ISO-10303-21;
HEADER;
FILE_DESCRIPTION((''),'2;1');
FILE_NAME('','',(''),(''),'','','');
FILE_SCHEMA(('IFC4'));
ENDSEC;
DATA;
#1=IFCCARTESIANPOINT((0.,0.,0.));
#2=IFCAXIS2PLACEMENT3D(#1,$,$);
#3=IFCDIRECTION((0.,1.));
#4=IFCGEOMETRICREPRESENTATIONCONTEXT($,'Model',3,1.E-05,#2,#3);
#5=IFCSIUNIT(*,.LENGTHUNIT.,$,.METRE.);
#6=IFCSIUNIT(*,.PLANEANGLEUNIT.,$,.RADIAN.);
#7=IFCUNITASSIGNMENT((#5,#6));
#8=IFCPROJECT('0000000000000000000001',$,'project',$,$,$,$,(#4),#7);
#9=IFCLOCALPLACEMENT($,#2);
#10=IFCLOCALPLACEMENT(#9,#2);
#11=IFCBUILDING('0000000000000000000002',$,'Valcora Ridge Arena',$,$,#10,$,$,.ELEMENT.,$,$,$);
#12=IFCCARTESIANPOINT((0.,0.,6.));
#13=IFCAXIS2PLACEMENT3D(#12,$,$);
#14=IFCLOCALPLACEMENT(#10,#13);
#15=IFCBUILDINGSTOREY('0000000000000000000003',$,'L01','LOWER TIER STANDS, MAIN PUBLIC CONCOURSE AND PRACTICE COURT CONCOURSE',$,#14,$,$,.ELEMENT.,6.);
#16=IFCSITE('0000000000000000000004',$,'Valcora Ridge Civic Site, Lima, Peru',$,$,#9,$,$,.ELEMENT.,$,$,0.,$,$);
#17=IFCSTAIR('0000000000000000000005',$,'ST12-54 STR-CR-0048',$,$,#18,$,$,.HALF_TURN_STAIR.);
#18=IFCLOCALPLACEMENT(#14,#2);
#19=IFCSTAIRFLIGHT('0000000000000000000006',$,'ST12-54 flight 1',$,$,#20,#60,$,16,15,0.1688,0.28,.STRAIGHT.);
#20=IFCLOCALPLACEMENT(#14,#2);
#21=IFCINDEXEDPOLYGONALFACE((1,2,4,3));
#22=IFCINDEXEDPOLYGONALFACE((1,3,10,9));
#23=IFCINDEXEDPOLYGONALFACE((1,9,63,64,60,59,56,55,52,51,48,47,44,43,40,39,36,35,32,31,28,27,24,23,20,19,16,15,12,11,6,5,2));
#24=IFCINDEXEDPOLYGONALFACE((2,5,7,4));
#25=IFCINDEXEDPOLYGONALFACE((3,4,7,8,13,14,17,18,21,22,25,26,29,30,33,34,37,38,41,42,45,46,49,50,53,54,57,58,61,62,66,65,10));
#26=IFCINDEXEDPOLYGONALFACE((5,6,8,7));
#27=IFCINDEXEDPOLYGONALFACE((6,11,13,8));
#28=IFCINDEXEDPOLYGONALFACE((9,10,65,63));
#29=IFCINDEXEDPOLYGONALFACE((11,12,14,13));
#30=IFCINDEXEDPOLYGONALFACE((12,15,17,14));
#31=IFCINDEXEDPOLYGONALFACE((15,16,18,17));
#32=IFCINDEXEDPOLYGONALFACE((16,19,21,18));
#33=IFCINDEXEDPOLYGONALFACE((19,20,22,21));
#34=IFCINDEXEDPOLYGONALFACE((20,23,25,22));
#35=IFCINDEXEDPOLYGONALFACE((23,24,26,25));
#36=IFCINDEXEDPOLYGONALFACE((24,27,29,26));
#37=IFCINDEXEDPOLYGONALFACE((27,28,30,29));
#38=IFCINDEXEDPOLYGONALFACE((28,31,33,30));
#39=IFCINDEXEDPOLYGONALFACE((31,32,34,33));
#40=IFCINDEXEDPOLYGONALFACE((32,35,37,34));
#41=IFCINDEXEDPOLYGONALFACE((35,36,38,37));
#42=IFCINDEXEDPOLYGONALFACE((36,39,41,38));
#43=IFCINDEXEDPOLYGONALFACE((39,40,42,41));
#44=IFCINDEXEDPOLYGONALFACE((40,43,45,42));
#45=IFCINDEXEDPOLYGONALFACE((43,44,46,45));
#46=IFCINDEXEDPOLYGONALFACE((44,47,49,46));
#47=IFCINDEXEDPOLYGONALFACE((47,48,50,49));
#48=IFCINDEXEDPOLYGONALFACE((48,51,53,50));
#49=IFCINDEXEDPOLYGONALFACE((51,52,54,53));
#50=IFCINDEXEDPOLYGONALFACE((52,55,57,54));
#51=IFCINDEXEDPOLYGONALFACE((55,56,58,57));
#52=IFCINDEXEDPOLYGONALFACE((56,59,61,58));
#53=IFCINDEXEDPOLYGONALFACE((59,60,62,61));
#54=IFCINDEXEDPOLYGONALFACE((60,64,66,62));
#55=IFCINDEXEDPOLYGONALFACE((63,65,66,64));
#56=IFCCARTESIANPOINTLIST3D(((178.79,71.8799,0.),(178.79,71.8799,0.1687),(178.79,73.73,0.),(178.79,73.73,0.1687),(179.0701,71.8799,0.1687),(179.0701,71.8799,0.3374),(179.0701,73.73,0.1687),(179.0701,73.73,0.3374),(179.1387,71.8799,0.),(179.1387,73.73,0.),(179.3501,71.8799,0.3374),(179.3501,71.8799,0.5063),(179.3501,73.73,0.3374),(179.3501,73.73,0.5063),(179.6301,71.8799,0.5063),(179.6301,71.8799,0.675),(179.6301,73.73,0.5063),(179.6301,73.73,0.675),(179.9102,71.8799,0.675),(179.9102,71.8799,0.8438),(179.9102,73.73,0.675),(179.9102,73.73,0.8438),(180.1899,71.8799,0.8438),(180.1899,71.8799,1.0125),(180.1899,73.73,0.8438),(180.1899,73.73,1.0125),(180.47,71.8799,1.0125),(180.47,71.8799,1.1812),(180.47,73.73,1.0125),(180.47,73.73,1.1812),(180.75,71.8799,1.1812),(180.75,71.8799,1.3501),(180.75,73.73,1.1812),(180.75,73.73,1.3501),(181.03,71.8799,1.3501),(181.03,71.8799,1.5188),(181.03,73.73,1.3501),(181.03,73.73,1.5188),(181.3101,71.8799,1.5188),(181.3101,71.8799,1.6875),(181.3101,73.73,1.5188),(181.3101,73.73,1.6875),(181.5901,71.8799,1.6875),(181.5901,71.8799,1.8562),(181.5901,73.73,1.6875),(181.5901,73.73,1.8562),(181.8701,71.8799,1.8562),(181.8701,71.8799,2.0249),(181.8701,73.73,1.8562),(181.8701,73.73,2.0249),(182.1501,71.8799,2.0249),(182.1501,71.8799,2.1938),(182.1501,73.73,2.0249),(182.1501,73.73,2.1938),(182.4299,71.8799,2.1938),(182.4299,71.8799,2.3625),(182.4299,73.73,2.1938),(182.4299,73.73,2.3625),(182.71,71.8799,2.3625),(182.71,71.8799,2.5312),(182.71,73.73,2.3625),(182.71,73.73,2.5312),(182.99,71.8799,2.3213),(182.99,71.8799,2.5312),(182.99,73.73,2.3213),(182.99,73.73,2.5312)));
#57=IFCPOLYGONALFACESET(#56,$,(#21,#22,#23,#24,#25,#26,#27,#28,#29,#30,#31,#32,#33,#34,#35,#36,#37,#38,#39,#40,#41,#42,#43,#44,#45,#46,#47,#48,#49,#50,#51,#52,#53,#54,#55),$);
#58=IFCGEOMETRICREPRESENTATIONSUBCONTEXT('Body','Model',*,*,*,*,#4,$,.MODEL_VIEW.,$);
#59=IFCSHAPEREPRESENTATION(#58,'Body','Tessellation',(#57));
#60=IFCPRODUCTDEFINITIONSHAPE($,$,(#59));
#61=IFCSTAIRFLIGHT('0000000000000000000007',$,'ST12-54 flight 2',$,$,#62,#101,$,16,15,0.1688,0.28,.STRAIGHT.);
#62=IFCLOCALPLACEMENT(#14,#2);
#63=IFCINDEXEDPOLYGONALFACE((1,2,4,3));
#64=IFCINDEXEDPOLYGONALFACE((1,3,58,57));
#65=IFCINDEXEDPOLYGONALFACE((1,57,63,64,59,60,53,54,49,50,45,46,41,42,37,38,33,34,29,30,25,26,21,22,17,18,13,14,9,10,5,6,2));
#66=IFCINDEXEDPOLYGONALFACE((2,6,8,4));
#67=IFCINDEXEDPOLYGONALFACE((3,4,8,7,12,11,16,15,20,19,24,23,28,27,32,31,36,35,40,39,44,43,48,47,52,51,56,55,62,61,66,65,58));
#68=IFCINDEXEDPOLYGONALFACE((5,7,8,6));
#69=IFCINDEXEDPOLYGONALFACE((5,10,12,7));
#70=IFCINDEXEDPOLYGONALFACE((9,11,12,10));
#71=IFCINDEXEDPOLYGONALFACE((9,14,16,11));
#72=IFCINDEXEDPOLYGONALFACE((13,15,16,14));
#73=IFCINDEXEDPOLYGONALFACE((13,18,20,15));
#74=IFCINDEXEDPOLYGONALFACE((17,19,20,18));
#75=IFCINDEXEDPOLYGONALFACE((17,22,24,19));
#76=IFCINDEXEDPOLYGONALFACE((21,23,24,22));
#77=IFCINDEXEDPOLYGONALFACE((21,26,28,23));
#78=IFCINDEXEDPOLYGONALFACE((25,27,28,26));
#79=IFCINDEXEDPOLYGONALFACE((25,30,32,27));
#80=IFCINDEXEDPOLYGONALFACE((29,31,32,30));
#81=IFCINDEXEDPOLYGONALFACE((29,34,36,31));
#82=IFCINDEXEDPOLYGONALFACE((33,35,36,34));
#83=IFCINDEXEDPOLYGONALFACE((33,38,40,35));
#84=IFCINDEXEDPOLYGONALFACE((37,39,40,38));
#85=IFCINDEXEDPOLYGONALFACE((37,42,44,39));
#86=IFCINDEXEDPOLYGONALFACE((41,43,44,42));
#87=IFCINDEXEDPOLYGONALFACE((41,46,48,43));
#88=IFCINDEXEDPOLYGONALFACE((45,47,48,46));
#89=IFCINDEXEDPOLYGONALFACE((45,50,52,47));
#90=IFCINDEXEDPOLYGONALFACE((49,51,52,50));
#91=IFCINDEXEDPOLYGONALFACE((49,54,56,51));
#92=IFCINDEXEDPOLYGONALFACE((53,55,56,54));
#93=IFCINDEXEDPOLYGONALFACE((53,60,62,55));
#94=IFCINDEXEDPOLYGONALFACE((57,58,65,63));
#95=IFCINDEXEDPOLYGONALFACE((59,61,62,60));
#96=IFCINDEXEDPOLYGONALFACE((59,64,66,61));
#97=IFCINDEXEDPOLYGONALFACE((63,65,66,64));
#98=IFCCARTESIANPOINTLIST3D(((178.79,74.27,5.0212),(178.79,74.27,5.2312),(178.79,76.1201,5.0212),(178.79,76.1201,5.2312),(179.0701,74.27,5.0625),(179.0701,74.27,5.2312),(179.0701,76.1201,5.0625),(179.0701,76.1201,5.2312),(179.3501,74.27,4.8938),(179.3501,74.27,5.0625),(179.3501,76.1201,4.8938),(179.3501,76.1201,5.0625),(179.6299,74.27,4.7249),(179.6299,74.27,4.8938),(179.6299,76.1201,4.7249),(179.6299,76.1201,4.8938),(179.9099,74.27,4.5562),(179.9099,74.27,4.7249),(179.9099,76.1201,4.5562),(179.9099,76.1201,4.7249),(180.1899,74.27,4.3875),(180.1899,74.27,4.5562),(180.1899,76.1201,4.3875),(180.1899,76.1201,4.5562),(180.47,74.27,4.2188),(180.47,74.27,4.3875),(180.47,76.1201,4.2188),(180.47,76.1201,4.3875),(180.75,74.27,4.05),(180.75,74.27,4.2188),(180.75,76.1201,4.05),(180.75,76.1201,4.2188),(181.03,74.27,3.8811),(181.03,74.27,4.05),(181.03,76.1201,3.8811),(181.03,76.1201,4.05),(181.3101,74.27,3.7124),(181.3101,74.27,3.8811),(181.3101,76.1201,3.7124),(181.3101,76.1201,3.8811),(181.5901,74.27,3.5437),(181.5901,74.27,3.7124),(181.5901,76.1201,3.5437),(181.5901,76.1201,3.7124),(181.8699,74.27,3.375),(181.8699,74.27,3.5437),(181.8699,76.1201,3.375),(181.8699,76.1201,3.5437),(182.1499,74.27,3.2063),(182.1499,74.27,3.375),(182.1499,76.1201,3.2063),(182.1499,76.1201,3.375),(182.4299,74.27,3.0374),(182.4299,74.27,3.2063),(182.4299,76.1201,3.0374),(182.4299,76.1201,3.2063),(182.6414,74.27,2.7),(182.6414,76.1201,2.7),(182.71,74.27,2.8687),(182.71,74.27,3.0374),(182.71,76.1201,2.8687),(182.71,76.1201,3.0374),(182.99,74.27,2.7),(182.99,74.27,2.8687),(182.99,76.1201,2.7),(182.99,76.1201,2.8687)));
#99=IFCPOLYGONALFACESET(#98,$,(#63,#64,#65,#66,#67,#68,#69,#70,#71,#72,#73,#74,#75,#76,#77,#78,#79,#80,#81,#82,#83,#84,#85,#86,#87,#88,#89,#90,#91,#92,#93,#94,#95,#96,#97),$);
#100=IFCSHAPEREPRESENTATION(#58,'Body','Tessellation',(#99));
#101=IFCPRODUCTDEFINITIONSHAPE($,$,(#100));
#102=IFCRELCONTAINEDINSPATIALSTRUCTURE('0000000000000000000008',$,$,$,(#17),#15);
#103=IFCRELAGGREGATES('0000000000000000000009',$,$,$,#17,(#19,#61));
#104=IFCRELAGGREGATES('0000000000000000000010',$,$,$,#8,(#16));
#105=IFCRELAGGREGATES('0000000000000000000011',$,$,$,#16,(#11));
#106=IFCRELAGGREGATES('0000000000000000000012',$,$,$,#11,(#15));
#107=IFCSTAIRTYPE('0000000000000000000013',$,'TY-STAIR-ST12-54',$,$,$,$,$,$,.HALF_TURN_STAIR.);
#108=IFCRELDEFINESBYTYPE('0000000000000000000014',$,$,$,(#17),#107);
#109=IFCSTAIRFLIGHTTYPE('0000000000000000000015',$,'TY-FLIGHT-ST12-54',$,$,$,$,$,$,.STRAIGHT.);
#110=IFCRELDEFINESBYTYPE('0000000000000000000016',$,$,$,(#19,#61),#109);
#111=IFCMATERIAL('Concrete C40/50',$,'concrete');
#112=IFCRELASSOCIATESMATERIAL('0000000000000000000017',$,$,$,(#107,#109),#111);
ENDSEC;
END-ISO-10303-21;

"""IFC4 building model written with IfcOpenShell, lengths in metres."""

from ifc_helpers import new_model, si_unit, direction, frame, origin, place, context, subcontext, project, spatial, polyline, outline, extrude, material, type_object, element, aggregate, save


model = new_model("IFC4")

# Units and contexts
model_context = context("Model", 3, precision=1e-05, world=origin(), true_north=direction((0.0, 1.0)))
body_context = subcontext(model_context, "Body", "Model", "MODEL_VIEW")
ifc_project = project(units=[si_unit("LENGTHUNIT", "METRE"), si_unit("PLANEANGLEUNIT", "RADIAN")], contexts=[model_context])

# Site, building, storey
site_placement = place(None, origin())
site = spatial("IfcSite", under=ifc_project, at=site_placement, Name="Valcora Ridge Civic Site, Lima, Peru", CompositionType="ELEMENT", RefElevation=0.0)
building_placement = place(site_placement, origin())
building = spatial("IfcBuilding", under=site, at=building_placement, Name="Valcora Ridge Arena", CompositionType="ELEMENT")
storey_placement = place(building_placement, frame((0.0, 0.0, 6.0)))
storey = spatial("IfcBuildingStorey", under=building, at=storey_placement, Name="L01", Description="LOWER TIER STANDS, MAIN PUBLIC CONCOURSE AND PRACTICE COURT CONCOURSE", CompositionType="ELEMENT", Elevation=6.0)

# Stair, stair flights
ifc_material_1 = material(Name="Concrete C40/50", Category="concrete")
stair_type = type_object("IfcStairType", Name="TY-STAIR-ST12-54", PredefinedType="HALF_TURN_STAIR", material=ifc_material_1)
stair_placement = place(storey_placement, origin())
stair = element("IfcStair", 1, at=stair_placement, inside=storey, type_object=stair_type, Name="ST12-54 STR-CR-0048", PredefinedType="HALF_TURN_STAIR")
stair_flight_type = type_object("IfcStairFlightType", Name="TY-FLIGHT-ST12-54", PredefinedType="STRAIGHT", material=ifc_material_1)
stair_flight_1_placement = place(storey_placement, frame((178.79, 72.8049, 0.0), z_axis=(0.0, 0.0, 1.0), x_axis=(1.0, 0.0, 0.0)))
stair_flight_1 = element("IfcStairFlight", 2, at=stair_flight_1_placement, type_object=stair_flight_type, Name="ST12-54 flight 1", NumberOfRisers=16, NumberOfTreads=15, PredefinedType="STRAIGHT", RiserHeight=0.1688, TreadLength=0.28, context=body_context, shape_type="SweptSolid", body=[
    extrude(outline(polyline([(0.0, 0.0), (0.0, 0.1687), (0.28, 0.1687), (0.28, 0.3374), (0.5601, 0.3374), (0.5601, 0.5063), (0.8401, 0.5063), (0.8401, 0.675), (1.1201, 0.675), (1.1201, 0.8438), (1.3999, 0.8438), (1.3999, 1.0125), (1.6799, 1.0125), (1.6799, 1.1812), (1.96, 1.1812), (1.96, 1.3501), (2.24, 1.3501), (2.24, 1.5188), (2.52, 1.5188), (2.52, 1.6875), (2.8, 1.6875), (2.8, 1.8562), (3.0801, 1.8562), (3.0801, 2.0249), (3.3601, 2.0249), (3.3601, 2.1938), (3.6399, 2.1938), (3.6399, 2.3625), (3.9199, 2.3625), (3.9199, 2.5312), (4.2, 2.5312), (4.2, 2.7), (4.2, 2.3213), (0.3486, 0.0), (0.0, 0.0)])), frame((0.0, 0.925, 0.0), z_axis=(0.0, -1.0, 0.0), x_axis=(1.0, 0.0, 0.0)), (0.0, 0.0, 1.0), 1.8501),
])
stair_flight_2_placement = place(storey_placement, frame((182.99, 75.1951, 2.7), z_axis=(0.0, 0.0, 1.0), x_axis=(-1.0, 0.0, 0.0)))
stair_flight_2 = element("IfcStairFlight", 3, at=stair_flight_2_placement, type_object=stair_flight_type, Name="ST12-54 flight 2", NumberOfRisers=16, NumberOfTreads=15, PredefinedType="STRAIGHT", RiserHeight=0.1688, TreadLength=0.28, context=body_context, shape_type="SweptSolid", body=[
    extrude(outline(polyline([(0.0, 0.0), (0.0, 0.1687), (0.28, 0.1687), (0.28, 0.3374), (0.5601, 0.3374), (0.5601, 0.5063), (0.8401, 0.5063), (0.8401, 0.675), (1.1201, 0.675), (1.1201, 0.8438), (1.3999, 0.8438), (1.3999, 1.0125), (1.6799, 1.0125), (1.6799, 1.1812), (1.96, 1.1812), (1.96, 1.3501), (2.24, 1.3501), (2.24, 1.5188), (2.52, 1.5188), (2.52, 1.6875), (2.8, 1.6875), (2.8, 1.8562), (3.0801, 1.8562), (3.0801, 2.0249), (3.3601, 2.0249), (3.3601, 2.1938), (3.6399, 2.1938), (3.6399, 2.3625), (3.9199, 2.3625), (3.9199, 2.5312), (4.2, 2.5312), (4.2, 2.7), (4.2, 2.3213), (0.3486, 0.0), (0.0, 0.0)])), frame((0.0, 0.925, 0.0), z_axis=(0.0, -1.0, 0.0), x_axis=(1.0, 0.0, 0.0)), (0.0, 0.0, 1.0), 1.8501),
])
aggregate(stair, [stair_flight_1, stair_flight_2])

save(model, "model.ifc")
